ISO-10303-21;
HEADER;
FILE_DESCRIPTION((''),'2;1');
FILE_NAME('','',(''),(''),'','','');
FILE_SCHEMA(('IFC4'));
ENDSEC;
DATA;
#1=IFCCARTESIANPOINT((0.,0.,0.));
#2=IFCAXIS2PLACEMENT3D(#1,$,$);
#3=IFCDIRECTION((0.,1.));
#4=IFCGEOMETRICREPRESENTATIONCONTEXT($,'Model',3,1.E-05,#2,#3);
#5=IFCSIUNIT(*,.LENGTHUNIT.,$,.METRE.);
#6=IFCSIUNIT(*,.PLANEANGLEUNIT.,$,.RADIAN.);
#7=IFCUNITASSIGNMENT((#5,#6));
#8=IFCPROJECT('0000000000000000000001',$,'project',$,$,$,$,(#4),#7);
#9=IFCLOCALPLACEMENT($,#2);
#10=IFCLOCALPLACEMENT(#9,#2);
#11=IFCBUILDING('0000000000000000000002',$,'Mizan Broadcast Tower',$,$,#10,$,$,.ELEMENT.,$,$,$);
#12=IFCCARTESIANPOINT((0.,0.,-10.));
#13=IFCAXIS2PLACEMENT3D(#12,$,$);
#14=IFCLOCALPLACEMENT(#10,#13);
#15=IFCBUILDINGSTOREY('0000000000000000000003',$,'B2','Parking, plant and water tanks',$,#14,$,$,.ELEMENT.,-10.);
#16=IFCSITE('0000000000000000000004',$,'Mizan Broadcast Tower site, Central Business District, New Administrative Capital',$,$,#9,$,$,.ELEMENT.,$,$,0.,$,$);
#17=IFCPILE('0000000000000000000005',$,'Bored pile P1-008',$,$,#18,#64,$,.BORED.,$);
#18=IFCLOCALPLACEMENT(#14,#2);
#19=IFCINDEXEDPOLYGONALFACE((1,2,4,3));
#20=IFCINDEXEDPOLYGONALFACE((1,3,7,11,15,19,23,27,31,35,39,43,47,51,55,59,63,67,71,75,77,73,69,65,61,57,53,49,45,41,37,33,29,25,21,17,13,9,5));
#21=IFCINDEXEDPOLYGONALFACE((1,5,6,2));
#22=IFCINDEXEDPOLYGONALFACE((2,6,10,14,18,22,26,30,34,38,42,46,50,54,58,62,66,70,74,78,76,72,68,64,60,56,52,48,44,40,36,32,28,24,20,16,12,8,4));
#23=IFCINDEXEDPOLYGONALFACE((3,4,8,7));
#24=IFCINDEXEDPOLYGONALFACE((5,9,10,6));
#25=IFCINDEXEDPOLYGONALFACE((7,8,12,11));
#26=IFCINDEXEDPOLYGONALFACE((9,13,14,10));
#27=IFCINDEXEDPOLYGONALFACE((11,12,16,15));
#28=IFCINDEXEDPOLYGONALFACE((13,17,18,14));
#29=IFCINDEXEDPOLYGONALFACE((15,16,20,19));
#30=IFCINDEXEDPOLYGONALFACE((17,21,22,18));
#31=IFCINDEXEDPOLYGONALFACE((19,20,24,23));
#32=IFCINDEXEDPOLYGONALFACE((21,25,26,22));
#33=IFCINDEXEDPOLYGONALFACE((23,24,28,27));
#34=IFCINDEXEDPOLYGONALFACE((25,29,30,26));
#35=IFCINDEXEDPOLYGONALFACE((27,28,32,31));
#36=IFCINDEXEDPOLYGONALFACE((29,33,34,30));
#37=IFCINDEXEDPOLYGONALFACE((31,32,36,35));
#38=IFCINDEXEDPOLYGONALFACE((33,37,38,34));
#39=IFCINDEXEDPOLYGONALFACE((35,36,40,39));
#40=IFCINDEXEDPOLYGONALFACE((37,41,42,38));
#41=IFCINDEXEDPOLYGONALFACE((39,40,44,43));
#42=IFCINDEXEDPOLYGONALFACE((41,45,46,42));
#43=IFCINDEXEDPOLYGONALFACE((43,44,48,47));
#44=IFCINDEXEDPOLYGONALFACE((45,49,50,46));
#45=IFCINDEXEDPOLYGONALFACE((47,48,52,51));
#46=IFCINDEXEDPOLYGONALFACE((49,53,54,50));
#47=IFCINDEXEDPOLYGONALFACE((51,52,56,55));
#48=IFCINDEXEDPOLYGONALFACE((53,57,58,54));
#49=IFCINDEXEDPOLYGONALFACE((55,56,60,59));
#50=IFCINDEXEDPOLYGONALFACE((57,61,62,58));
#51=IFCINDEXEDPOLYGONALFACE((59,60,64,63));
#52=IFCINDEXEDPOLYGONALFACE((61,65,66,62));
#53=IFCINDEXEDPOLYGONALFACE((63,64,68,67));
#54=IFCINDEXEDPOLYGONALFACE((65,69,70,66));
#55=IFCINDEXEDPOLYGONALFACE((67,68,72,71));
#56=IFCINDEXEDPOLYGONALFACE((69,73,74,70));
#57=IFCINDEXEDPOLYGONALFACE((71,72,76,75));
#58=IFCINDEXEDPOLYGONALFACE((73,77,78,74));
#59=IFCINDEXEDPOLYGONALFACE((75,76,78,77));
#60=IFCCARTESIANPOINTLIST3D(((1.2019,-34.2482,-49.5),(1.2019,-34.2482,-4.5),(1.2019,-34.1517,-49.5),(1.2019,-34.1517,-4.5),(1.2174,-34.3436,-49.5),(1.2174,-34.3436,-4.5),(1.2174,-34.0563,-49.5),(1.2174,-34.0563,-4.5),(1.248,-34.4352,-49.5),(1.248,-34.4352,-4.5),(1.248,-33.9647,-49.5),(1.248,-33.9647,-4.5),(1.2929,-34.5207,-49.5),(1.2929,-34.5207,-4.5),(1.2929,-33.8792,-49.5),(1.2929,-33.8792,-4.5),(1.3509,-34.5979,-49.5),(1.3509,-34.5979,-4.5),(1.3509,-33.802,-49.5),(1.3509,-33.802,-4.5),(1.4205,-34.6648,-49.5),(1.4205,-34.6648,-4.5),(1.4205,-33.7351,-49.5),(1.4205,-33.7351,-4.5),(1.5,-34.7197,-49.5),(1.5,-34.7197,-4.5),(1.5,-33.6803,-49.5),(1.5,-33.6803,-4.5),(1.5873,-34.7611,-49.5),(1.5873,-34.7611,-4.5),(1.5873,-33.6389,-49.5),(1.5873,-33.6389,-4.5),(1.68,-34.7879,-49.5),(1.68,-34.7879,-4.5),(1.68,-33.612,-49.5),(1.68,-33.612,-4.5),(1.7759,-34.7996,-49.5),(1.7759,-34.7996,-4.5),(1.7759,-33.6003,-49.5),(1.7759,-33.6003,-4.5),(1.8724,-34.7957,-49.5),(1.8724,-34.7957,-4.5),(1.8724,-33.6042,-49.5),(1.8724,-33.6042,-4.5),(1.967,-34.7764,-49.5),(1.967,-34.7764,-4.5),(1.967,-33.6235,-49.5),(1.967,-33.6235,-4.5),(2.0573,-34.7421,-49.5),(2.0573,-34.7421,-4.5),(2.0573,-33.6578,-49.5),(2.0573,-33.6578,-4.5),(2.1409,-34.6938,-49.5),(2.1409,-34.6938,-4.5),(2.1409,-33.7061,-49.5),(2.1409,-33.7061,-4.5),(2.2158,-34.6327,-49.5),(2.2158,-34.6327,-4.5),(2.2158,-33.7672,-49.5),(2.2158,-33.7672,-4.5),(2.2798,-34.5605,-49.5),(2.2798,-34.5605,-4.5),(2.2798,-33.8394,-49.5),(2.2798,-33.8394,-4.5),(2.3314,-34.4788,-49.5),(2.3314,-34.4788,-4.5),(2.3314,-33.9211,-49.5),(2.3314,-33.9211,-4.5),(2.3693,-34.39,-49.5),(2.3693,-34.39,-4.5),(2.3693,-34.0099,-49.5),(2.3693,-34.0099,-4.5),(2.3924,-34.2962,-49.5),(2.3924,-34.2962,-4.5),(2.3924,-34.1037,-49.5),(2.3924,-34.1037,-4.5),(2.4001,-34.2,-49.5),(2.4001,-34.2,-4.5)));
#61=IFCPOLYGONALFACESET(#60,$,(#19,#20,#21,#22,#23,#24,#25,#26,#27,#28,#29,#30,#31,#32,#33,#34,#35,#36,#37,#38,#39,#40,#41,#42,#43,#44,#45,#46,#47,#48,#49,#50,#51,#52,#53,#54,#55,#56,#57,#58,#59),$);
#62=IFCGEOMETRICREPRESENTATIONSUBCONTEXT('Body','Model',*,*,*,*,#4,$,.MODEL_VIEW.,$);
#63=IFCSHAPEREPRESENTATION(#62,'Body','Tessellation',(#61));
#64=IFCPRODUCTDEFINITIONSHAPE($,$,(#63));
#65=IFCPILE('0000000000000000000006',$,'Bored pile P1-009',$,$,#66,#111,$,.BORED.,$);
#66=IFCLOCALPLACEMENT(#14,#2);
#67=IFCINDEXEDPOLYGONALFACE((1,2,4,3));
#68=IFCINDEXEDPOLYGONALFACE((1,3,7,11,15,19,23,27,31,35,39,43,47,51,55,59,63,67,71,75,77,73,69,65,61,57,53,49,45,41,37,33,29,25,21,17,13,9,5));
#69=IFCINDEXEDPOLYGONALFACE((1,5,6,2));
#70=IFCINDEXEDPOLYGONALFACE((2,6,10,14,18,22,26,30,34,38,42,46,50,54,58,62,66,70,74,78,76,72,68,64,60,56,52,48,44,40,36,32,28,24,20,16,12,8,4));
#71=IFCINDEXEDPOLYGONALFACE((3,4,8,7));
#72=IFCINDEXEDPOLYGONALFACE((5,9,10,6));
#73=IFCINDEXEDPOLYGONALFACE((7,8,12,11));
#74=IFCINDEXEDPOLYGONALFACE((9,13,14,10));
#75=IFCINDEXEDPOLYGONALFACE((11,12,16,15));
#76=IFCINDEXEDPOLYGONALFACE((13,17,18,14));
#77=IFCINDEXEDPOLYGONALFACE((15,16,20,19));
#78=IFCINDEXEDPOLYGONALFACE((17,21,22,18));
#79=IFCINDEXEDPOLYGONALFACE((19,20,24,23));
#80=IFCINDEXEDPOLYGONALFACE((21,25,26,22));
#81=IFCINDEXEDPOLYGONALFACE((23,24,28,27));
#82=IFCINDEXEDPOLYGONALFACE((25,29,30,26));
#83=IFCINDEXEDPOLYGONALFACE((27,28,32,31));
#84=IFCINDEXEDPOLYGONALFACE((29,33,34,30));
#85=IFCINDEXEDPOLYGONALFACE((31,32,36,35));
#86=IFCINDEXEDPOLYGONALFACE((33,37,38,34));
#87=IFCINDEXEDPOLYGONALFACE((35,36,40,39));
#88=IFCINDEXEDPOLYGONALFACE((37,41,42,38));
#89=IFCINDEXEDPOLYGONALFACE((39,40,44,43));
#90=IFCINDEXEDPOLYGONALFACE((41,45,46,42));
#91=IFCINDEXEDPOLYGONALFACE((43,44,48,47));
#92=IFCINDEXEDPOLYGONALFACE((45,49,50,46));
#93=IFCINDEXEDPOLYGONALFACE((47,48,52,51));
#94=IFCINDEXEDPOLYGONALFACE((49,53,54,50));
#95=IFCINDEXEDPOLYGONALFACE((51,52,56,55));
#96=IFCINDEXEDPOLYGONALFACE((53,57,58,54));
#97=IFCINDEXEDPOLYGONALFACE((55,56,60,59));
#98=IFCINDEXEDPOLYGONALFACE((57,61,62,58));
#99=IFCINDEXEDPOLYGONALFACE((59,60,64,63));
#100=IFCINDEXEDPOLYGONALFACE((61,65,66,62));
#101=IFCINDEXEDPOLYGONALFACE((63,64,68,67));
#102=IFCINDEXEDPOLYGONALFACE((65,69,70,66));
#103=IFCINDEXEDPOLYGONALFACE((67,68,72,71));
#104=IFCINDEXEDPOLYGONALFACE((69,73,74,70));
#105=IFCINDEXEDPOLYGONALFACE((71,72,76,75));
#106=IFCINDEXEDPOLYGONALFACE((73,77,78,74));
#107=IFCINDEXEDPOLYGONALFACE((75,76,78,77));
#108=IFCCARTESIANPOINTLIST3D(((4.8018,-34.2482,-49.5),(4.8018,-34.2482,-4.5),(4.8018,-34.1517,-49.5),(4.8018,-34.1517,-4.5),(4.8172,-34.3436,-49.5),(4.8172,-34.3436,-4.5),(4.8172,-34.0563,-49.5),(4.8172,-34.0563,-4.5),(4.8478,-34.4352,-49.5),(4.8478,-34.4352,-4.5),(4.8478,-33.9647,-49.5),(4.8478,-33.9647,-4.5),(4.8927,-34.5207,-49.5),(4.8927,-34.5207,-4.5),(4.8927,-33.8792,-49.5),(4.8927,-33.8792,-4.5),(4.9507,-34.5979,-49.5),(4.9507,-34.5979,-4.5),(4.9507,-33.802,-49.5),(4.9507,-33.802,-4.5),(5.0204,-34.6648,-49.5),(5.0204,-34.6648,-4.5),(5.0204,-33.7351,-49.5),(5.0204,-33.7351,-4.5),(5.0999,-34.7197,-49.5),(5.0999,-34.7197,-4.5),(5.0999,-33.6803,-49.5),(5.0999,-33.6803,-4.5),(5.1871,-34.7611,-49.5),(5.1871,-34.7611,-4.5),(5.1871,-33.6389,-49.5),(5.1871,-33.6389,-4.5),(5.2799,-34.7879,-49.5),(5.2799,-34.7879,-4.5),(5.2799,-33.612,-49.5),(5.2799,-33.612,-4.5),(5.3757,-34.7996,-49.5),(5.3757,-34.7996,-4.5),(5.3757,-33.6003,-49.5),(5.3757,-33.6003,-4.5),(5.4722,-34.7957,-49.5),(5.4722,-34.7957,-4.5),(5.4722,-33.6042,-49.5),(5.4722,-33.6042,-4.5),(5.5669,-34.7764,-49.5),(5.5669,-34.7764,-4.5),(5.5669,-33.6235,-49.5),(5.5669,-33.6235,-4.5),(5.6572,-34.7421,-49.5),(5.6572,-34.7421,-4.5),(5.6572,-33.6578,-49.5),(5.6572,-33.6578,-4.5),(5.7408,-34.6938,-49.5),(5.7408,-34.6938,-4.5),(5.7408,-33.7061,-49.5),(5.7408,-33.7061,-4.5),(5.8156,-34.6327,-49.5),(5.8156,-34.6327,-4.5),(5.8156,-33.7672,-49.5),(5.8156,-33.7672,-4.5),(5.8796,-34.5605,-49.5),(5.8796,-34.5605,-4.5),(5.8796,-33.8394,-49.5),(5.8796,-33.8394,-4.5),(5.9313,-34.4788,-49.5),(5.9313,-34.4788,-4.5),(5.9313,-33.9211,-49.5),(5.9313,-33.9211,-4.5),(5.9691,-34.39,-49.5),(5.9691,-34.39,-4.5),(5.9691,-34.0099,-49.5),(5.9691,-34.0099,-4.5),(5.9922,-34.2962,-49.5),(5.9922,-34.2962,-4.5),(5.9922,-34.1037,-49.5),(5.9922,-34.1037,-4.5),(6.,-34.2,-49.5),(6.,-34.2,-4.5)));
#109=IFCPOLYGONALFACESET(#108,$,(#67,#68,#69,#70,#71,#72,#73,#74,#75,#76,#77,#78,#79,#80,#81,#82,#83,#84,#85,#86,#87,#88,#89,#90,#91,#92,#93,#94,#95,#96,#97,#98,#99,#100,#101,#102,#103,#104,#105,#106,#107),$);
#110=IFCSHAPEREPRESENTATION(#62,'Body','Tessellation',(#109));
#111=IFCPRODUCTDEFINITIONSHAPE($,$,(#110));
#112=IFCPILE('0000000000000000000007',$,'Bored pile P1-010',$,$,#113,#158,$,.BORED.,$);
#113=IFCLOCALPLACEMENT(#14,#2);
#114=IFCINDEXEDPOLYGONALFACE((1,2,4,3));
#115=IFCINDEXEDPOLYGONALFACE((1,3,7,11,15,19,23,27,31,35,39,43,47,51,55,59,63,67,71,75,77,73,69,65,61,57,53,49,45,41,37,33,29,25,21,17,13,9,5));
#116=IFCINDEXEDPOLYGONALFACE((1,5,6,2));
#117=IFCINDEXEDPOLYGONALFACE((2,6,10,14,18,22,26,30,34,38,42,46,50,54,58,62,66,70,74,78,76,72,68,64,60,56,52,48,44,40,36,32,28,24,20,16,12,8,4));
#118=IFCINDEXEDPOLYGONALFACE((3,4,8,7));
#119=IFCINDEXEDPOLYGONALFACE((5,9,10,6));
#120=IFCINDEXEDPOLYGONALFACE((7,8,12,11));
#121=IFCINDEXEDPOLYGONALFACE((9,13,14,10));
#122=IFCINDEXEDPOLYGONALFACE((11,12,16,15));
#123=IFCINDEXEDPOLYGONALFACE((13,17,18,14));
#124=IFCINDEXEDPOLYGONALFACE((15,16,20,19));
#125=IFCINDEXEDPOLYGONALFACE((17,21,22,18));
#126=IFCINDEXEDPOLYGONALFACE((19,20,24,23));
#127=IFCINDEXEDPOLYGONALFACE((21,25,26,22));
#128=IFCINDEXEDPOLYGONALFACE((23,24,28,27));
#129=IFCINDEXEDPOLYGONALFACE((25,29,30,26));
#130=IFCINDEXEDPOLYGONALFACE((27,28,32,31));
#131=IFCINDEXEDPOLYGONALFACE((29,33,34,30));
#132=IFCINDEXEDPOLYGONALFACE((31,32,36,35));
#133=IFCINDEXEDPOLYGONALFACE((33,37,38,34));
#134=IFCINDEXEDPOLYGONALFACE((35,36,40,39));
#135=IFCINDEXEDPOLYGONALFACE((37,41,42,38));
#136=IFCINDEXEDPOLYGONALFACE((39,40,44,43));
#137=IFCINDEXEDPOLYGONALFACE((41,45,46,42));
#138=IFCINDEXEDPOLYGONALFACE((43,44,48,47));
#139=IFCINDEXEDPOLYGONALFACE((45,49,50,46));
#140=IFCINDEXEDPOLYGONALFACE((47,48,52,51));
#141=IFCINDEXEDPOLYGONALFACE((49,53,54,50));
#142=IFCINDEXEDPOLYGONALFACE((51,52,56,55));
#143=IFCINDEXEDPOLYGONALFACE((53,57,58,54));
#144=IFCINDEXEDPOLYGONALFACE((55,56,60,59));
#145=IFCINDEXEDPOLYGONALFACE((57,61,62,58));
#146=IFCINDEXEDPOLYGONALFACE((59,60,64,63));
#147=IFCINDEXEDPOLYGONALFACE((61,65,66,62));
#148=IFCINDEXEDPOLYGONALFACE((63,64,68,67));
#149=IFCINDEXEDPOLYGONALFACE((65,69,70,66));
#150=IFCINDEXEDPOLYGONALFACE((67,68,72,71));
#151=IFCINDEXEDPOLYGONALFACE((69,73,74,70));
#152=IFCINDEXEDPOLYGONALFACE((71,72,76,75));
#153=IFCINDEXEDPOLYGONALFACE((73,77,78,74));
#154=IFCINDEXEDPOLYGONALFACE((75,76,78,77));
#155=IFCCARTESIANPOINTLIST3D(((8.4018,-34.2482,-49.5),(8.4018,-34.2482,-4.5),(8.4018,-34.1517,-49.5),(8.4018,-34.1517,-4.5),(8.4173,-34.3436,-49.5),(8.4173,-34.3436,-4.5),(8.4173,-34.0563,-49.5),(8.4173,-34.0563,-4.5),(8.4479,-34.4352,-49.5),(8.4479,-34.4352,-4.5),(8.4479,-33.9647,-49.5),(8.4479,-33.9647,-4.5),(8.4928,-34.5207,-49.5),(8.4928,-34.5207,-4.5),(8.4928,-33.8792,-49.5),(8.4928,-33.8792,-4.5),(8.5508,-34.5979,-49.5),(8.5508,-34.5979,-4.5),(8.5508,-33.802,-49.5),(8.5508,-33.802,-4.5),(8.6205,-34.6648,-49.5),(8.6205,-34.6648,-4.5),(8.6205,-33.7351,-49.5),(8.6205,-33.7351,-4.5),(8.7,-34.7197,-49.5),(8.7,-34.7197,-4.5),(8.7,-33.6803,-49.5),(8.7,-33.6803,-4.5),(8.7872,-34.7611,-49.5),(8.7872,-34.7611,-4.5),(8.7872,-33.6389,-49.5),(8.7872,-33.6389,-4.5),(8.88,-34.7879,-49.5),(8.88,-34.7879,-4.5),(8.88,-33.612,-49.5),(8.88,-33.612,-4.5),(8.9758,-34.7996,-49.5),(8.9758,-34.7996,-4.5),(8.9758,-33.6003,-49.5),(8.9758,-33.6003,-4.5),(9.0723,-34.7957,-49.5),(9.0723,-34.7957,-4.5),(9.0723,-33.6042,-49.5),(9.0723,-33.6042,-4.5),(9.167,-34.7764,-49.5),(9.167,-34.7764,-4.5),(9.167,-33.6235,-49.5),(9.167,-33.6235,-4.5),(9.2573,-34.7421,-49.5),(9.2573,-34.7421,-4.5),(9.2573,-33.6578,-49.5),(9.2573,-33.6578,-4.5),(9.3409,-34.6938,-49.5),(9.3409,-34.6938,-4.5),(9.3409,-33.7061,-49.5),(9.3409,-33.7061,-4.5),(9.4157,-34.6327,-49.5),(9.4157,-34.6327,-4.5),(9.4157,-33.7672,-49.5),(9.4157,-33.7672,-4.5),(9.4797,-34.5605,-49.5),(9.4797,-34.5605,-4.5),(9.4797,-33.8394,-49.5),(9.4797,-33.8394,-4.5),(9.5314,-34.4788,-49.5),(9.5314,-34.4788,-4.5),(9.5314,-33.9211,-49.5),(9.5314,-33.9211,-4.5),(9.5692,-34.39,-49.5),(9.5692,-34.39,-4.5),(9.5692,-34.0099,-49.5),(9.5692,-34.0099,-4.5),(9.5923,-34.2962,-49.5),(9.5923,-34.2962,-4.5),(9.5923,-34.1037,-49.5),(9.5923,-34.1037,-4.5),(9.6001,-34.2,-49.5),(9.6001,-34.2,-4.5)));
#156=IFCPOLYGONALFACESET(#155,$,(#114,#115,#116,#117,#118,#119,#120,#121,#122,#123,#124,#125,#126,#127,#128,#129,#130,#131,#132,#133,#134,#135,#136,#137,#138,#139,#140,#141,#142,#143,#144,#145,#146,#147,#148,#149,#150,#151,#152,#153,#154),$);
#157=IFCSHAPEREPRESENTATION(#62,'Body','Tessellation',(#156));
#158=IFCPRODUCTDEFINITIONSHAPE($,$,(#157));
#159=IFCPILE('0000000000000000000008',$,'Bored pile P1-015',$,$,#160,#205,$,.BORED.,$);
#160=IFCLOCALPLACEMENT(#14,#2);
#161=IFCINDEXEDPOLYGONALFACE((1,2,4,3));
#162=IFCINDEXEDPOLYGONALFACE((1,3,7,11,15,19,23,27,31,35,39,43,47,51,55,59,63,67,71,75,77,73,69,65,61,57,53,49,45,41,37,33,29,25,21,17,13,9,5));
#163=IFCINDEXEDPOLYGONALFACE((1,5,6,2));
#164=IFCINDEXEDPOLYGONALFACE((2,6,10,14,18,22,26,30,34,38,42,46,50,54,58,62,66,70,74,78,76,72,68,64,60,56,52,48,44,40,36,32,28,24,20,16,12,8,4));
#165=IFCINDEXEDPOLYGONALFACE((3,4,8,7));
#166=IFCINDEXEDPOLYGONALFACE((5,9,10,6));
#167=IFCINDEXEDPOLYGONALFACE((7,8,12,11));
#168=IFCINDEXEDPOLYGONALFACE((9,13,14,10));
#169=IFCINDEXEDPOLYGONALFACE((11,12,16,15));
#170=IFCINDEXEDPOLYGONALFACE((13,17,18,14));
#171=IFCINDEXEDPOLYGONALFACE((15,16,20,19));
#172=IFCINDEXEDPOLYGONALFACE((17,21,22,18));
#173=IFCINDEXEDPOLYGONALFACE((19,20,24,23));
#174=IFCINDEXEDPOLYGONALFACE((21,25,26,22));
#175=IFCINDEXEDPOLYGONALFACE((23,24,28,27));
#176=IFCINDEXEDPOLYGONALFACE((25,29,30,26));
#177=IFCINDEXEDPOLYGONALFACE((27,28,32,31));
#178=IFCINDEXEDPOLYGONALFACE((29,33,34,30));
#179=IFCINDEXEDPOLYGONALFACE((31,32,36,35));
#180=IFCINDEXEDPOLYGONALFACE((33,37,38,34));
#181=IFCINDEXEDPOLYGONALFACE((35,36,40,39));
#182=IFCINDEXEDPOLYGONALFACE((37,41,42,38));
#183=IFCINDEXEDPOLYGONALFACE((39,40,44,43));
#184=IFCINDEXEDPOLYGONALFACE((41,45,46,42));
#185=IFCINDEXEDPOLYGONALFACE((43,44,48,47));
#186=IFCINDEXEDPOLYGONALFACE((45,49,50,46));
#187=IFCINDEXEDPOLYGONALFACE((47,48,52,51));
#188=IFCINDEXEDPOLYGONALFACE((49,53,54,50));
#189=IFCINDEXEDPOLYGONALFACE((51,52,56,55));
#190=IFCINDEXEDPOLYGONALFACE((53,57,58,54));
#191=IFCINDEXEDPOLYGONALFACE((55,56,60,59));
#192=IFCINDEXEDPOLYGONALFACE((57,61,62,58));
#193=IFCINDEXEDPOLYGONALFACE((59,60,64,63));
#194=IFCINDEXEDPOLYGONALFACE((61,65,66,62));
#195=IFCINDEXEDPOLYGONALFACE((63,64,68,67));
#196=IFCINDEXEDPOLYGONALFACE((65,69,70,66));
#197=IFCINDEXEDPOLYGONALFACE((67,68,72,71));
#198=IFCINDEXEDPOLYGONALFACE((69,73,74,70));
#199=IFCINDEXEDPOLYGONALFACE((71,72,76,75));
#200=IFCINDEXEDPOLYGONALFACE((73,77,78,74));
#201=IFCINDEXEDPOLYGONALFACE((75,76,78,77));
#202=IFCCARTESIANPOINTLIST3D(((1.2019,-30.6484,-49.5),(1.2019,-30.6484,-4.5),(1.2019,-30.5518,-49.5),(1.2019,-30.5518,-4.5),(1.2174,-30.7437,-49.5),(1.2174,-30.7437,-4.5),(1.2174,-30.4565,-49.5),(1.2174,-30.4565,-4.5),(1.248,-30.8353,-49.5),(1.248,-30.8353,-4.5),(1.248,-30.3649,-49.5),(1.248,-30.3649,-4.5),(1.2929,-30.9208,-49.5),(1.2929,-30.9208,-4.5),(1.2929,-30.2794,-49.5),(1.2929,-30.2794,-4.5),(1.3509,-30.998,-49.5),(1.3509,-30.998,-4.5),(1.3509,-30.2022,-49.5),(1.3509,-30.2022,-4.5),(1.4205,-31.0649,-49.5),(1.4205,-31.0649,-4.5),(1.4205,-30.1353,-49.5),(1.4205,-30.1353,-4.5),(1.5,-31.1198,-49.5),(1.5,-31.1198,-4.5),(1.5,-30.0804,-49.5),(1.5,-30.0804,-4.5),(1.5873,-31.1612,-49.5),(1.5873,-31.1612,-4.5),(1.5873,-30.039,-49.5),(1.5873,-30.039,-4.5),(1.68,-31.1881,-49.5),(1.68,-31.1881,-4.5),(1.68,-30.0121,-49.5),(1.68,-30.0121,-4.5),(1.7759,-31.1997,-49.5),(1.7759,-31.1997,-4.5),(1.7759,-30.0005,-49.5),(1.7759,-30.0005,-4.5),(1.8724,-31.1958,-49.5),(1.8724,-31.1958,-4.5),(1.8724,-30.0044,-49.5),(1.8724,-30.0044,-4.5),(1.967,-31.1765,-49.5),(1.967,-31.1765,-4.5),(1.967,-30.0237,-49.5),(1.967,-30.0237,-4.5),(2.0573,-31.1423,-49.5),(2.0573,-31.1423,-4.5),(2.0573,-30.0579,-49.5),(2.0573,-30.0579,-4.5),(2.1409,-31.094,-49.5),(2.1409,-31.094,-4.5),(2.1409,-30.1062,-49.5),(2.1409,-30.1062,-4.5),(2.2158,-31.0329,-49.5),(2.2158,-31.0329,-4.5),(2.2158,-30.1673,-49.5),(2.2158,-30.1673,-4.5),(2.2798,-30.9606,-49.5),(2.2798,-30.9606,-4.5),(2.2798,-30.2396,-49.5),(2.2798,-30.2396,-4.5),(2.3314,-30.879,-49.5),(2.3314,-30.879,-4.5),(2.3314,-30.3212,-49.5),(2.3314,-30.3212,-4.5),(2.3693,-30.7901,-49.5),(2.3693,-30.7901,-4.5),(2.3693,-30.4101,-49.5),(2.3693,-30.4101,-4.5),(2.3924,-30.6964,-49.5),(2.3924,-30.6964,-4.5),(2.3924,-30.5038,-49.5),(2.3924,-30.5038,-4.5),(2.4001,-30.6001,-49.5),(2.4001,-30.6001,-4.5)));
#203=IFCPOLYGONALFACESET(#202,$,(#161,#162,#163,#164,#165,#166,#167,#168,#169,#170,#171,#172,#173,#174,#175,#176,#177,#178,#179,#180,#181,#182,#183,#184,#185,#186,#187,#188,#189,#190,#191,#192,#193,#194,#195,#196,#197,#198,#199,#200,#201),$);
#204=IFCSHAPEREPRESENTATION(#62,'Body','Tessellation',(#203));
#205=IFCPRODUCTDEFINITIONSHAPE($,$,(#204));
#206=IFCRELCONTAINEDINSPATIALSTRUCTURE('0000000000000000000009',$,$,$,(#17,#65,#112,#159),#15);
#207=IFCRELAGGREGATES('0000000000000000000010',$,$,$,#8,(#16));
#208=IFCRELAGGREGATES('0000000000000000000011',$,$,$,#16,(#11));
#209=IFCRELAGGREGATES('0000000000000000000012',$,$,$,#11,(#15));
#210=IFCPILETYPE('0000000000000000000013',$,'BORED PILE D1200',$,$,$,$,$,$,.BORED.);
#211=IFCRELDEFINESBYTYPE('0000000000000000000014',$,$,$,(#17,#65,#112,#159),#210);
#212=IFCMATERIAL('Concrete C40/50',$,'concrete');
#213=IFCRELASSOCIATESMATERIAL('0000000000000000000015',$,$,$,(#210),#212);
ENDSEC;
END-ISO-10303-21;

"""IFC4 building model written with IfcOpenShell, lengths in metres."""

from ifc_helpers import new_model, si_unit, direction, frame, origin, origin_2d, place, context, subcontext, project, spatial, circle, extrude, material, material_profile, profile_set, type_object, element, save


model = new_model("IFC4")

# Units and contexts
model_context = context("Model", 3, precision=1e-05, world=origin(), true_north=direction((0.0, 1.0)))
body_context = subcontext(model_context, "Body", "Model", "MODEL_VIEW")
ifc_project = project(units=[si_unit("LENGTHUNIT", "METRE"), si_unit("PLANEANGLEUNIT", "RADIAN")], contexts=[model_context])

# Site, building, storey
site_placement = place(None, origin())
site = spatial("IfcSite", under=ifc_project, at=site_placement, Name="Mizan Broadcast Tower site, Central Business District, New Administrative Capital", CompositionType="ELEMENT", RefElevation=0.0)
building_placement = place(site_placement, origin())
building = spatial("IfcBuilding", under=site, at=building_placement, Name="Mizan Broadcast Tower", CompositionType="ELEMENT")
storey_placement = place(building_placement, frame((0.0, 0.0, -10.0)))
storey = spatial("IfcBuildingStorey", under=building, at=storey_placement, Name="B2", Description="Parking, plant and water tanks", CompositionType="ELEMENT", Elevation=-10.0)

# Piles
ifc_material_1 = material(Name="Concrete C40/50", Category="concrete")
ifc_material_profile_1 = material_profile(ifc_material_1, circle(Radius=0.6001, at=origin_2d()), Name="D1200")
ifc_profile_set_1 = profile_set([ifc_material_profile_1], Name="Concrete C40/50")
pile_type_1 = type_object("IfcPileType", Name="BORED PILE D1200", PredefinedType="BORED", material=ifc_profile_set_1)
for number, where, z_axis, x_axis, name in (
    (1, (1.8, -34.2, -4.5), (0.0, 0.0, -1.0), (1.0, 0.0, 0.0), "Bored pile P1-008"),
    (2, (5.3999, -34.2, -4.5), (0.0, 0.0, -1.0), (1.0, 0.0, 0.0), "Bored pile P1-009"),
    (3, (9.0, -34.2, -4.5), (0.0, 0.0, -1.0), (1.0, 0.0, 0.0), "Bored pile P1-010"),
    (4, (1.8, -30.6001, -4.5), (0.0, 0.0, -1.0), (1.0, 0.0, 0.0), "Bored pile P1-015"),
):
    element("IfcPile", number, at=place(storey_placement, frame(where, z_axis=z_axis, x_axis=x_axis)), inside=storey, type_object=pile_type_1, Name=name, PredefinedType="BORED", context=body_context, shape_type="SweptSolid", body=[
        extrude(circle(Radius=0.6001, at=origin_2d()), origin(), (0.0, 0.0, 1.0), 45.0),
    ])

save(model, "model.ifc")
